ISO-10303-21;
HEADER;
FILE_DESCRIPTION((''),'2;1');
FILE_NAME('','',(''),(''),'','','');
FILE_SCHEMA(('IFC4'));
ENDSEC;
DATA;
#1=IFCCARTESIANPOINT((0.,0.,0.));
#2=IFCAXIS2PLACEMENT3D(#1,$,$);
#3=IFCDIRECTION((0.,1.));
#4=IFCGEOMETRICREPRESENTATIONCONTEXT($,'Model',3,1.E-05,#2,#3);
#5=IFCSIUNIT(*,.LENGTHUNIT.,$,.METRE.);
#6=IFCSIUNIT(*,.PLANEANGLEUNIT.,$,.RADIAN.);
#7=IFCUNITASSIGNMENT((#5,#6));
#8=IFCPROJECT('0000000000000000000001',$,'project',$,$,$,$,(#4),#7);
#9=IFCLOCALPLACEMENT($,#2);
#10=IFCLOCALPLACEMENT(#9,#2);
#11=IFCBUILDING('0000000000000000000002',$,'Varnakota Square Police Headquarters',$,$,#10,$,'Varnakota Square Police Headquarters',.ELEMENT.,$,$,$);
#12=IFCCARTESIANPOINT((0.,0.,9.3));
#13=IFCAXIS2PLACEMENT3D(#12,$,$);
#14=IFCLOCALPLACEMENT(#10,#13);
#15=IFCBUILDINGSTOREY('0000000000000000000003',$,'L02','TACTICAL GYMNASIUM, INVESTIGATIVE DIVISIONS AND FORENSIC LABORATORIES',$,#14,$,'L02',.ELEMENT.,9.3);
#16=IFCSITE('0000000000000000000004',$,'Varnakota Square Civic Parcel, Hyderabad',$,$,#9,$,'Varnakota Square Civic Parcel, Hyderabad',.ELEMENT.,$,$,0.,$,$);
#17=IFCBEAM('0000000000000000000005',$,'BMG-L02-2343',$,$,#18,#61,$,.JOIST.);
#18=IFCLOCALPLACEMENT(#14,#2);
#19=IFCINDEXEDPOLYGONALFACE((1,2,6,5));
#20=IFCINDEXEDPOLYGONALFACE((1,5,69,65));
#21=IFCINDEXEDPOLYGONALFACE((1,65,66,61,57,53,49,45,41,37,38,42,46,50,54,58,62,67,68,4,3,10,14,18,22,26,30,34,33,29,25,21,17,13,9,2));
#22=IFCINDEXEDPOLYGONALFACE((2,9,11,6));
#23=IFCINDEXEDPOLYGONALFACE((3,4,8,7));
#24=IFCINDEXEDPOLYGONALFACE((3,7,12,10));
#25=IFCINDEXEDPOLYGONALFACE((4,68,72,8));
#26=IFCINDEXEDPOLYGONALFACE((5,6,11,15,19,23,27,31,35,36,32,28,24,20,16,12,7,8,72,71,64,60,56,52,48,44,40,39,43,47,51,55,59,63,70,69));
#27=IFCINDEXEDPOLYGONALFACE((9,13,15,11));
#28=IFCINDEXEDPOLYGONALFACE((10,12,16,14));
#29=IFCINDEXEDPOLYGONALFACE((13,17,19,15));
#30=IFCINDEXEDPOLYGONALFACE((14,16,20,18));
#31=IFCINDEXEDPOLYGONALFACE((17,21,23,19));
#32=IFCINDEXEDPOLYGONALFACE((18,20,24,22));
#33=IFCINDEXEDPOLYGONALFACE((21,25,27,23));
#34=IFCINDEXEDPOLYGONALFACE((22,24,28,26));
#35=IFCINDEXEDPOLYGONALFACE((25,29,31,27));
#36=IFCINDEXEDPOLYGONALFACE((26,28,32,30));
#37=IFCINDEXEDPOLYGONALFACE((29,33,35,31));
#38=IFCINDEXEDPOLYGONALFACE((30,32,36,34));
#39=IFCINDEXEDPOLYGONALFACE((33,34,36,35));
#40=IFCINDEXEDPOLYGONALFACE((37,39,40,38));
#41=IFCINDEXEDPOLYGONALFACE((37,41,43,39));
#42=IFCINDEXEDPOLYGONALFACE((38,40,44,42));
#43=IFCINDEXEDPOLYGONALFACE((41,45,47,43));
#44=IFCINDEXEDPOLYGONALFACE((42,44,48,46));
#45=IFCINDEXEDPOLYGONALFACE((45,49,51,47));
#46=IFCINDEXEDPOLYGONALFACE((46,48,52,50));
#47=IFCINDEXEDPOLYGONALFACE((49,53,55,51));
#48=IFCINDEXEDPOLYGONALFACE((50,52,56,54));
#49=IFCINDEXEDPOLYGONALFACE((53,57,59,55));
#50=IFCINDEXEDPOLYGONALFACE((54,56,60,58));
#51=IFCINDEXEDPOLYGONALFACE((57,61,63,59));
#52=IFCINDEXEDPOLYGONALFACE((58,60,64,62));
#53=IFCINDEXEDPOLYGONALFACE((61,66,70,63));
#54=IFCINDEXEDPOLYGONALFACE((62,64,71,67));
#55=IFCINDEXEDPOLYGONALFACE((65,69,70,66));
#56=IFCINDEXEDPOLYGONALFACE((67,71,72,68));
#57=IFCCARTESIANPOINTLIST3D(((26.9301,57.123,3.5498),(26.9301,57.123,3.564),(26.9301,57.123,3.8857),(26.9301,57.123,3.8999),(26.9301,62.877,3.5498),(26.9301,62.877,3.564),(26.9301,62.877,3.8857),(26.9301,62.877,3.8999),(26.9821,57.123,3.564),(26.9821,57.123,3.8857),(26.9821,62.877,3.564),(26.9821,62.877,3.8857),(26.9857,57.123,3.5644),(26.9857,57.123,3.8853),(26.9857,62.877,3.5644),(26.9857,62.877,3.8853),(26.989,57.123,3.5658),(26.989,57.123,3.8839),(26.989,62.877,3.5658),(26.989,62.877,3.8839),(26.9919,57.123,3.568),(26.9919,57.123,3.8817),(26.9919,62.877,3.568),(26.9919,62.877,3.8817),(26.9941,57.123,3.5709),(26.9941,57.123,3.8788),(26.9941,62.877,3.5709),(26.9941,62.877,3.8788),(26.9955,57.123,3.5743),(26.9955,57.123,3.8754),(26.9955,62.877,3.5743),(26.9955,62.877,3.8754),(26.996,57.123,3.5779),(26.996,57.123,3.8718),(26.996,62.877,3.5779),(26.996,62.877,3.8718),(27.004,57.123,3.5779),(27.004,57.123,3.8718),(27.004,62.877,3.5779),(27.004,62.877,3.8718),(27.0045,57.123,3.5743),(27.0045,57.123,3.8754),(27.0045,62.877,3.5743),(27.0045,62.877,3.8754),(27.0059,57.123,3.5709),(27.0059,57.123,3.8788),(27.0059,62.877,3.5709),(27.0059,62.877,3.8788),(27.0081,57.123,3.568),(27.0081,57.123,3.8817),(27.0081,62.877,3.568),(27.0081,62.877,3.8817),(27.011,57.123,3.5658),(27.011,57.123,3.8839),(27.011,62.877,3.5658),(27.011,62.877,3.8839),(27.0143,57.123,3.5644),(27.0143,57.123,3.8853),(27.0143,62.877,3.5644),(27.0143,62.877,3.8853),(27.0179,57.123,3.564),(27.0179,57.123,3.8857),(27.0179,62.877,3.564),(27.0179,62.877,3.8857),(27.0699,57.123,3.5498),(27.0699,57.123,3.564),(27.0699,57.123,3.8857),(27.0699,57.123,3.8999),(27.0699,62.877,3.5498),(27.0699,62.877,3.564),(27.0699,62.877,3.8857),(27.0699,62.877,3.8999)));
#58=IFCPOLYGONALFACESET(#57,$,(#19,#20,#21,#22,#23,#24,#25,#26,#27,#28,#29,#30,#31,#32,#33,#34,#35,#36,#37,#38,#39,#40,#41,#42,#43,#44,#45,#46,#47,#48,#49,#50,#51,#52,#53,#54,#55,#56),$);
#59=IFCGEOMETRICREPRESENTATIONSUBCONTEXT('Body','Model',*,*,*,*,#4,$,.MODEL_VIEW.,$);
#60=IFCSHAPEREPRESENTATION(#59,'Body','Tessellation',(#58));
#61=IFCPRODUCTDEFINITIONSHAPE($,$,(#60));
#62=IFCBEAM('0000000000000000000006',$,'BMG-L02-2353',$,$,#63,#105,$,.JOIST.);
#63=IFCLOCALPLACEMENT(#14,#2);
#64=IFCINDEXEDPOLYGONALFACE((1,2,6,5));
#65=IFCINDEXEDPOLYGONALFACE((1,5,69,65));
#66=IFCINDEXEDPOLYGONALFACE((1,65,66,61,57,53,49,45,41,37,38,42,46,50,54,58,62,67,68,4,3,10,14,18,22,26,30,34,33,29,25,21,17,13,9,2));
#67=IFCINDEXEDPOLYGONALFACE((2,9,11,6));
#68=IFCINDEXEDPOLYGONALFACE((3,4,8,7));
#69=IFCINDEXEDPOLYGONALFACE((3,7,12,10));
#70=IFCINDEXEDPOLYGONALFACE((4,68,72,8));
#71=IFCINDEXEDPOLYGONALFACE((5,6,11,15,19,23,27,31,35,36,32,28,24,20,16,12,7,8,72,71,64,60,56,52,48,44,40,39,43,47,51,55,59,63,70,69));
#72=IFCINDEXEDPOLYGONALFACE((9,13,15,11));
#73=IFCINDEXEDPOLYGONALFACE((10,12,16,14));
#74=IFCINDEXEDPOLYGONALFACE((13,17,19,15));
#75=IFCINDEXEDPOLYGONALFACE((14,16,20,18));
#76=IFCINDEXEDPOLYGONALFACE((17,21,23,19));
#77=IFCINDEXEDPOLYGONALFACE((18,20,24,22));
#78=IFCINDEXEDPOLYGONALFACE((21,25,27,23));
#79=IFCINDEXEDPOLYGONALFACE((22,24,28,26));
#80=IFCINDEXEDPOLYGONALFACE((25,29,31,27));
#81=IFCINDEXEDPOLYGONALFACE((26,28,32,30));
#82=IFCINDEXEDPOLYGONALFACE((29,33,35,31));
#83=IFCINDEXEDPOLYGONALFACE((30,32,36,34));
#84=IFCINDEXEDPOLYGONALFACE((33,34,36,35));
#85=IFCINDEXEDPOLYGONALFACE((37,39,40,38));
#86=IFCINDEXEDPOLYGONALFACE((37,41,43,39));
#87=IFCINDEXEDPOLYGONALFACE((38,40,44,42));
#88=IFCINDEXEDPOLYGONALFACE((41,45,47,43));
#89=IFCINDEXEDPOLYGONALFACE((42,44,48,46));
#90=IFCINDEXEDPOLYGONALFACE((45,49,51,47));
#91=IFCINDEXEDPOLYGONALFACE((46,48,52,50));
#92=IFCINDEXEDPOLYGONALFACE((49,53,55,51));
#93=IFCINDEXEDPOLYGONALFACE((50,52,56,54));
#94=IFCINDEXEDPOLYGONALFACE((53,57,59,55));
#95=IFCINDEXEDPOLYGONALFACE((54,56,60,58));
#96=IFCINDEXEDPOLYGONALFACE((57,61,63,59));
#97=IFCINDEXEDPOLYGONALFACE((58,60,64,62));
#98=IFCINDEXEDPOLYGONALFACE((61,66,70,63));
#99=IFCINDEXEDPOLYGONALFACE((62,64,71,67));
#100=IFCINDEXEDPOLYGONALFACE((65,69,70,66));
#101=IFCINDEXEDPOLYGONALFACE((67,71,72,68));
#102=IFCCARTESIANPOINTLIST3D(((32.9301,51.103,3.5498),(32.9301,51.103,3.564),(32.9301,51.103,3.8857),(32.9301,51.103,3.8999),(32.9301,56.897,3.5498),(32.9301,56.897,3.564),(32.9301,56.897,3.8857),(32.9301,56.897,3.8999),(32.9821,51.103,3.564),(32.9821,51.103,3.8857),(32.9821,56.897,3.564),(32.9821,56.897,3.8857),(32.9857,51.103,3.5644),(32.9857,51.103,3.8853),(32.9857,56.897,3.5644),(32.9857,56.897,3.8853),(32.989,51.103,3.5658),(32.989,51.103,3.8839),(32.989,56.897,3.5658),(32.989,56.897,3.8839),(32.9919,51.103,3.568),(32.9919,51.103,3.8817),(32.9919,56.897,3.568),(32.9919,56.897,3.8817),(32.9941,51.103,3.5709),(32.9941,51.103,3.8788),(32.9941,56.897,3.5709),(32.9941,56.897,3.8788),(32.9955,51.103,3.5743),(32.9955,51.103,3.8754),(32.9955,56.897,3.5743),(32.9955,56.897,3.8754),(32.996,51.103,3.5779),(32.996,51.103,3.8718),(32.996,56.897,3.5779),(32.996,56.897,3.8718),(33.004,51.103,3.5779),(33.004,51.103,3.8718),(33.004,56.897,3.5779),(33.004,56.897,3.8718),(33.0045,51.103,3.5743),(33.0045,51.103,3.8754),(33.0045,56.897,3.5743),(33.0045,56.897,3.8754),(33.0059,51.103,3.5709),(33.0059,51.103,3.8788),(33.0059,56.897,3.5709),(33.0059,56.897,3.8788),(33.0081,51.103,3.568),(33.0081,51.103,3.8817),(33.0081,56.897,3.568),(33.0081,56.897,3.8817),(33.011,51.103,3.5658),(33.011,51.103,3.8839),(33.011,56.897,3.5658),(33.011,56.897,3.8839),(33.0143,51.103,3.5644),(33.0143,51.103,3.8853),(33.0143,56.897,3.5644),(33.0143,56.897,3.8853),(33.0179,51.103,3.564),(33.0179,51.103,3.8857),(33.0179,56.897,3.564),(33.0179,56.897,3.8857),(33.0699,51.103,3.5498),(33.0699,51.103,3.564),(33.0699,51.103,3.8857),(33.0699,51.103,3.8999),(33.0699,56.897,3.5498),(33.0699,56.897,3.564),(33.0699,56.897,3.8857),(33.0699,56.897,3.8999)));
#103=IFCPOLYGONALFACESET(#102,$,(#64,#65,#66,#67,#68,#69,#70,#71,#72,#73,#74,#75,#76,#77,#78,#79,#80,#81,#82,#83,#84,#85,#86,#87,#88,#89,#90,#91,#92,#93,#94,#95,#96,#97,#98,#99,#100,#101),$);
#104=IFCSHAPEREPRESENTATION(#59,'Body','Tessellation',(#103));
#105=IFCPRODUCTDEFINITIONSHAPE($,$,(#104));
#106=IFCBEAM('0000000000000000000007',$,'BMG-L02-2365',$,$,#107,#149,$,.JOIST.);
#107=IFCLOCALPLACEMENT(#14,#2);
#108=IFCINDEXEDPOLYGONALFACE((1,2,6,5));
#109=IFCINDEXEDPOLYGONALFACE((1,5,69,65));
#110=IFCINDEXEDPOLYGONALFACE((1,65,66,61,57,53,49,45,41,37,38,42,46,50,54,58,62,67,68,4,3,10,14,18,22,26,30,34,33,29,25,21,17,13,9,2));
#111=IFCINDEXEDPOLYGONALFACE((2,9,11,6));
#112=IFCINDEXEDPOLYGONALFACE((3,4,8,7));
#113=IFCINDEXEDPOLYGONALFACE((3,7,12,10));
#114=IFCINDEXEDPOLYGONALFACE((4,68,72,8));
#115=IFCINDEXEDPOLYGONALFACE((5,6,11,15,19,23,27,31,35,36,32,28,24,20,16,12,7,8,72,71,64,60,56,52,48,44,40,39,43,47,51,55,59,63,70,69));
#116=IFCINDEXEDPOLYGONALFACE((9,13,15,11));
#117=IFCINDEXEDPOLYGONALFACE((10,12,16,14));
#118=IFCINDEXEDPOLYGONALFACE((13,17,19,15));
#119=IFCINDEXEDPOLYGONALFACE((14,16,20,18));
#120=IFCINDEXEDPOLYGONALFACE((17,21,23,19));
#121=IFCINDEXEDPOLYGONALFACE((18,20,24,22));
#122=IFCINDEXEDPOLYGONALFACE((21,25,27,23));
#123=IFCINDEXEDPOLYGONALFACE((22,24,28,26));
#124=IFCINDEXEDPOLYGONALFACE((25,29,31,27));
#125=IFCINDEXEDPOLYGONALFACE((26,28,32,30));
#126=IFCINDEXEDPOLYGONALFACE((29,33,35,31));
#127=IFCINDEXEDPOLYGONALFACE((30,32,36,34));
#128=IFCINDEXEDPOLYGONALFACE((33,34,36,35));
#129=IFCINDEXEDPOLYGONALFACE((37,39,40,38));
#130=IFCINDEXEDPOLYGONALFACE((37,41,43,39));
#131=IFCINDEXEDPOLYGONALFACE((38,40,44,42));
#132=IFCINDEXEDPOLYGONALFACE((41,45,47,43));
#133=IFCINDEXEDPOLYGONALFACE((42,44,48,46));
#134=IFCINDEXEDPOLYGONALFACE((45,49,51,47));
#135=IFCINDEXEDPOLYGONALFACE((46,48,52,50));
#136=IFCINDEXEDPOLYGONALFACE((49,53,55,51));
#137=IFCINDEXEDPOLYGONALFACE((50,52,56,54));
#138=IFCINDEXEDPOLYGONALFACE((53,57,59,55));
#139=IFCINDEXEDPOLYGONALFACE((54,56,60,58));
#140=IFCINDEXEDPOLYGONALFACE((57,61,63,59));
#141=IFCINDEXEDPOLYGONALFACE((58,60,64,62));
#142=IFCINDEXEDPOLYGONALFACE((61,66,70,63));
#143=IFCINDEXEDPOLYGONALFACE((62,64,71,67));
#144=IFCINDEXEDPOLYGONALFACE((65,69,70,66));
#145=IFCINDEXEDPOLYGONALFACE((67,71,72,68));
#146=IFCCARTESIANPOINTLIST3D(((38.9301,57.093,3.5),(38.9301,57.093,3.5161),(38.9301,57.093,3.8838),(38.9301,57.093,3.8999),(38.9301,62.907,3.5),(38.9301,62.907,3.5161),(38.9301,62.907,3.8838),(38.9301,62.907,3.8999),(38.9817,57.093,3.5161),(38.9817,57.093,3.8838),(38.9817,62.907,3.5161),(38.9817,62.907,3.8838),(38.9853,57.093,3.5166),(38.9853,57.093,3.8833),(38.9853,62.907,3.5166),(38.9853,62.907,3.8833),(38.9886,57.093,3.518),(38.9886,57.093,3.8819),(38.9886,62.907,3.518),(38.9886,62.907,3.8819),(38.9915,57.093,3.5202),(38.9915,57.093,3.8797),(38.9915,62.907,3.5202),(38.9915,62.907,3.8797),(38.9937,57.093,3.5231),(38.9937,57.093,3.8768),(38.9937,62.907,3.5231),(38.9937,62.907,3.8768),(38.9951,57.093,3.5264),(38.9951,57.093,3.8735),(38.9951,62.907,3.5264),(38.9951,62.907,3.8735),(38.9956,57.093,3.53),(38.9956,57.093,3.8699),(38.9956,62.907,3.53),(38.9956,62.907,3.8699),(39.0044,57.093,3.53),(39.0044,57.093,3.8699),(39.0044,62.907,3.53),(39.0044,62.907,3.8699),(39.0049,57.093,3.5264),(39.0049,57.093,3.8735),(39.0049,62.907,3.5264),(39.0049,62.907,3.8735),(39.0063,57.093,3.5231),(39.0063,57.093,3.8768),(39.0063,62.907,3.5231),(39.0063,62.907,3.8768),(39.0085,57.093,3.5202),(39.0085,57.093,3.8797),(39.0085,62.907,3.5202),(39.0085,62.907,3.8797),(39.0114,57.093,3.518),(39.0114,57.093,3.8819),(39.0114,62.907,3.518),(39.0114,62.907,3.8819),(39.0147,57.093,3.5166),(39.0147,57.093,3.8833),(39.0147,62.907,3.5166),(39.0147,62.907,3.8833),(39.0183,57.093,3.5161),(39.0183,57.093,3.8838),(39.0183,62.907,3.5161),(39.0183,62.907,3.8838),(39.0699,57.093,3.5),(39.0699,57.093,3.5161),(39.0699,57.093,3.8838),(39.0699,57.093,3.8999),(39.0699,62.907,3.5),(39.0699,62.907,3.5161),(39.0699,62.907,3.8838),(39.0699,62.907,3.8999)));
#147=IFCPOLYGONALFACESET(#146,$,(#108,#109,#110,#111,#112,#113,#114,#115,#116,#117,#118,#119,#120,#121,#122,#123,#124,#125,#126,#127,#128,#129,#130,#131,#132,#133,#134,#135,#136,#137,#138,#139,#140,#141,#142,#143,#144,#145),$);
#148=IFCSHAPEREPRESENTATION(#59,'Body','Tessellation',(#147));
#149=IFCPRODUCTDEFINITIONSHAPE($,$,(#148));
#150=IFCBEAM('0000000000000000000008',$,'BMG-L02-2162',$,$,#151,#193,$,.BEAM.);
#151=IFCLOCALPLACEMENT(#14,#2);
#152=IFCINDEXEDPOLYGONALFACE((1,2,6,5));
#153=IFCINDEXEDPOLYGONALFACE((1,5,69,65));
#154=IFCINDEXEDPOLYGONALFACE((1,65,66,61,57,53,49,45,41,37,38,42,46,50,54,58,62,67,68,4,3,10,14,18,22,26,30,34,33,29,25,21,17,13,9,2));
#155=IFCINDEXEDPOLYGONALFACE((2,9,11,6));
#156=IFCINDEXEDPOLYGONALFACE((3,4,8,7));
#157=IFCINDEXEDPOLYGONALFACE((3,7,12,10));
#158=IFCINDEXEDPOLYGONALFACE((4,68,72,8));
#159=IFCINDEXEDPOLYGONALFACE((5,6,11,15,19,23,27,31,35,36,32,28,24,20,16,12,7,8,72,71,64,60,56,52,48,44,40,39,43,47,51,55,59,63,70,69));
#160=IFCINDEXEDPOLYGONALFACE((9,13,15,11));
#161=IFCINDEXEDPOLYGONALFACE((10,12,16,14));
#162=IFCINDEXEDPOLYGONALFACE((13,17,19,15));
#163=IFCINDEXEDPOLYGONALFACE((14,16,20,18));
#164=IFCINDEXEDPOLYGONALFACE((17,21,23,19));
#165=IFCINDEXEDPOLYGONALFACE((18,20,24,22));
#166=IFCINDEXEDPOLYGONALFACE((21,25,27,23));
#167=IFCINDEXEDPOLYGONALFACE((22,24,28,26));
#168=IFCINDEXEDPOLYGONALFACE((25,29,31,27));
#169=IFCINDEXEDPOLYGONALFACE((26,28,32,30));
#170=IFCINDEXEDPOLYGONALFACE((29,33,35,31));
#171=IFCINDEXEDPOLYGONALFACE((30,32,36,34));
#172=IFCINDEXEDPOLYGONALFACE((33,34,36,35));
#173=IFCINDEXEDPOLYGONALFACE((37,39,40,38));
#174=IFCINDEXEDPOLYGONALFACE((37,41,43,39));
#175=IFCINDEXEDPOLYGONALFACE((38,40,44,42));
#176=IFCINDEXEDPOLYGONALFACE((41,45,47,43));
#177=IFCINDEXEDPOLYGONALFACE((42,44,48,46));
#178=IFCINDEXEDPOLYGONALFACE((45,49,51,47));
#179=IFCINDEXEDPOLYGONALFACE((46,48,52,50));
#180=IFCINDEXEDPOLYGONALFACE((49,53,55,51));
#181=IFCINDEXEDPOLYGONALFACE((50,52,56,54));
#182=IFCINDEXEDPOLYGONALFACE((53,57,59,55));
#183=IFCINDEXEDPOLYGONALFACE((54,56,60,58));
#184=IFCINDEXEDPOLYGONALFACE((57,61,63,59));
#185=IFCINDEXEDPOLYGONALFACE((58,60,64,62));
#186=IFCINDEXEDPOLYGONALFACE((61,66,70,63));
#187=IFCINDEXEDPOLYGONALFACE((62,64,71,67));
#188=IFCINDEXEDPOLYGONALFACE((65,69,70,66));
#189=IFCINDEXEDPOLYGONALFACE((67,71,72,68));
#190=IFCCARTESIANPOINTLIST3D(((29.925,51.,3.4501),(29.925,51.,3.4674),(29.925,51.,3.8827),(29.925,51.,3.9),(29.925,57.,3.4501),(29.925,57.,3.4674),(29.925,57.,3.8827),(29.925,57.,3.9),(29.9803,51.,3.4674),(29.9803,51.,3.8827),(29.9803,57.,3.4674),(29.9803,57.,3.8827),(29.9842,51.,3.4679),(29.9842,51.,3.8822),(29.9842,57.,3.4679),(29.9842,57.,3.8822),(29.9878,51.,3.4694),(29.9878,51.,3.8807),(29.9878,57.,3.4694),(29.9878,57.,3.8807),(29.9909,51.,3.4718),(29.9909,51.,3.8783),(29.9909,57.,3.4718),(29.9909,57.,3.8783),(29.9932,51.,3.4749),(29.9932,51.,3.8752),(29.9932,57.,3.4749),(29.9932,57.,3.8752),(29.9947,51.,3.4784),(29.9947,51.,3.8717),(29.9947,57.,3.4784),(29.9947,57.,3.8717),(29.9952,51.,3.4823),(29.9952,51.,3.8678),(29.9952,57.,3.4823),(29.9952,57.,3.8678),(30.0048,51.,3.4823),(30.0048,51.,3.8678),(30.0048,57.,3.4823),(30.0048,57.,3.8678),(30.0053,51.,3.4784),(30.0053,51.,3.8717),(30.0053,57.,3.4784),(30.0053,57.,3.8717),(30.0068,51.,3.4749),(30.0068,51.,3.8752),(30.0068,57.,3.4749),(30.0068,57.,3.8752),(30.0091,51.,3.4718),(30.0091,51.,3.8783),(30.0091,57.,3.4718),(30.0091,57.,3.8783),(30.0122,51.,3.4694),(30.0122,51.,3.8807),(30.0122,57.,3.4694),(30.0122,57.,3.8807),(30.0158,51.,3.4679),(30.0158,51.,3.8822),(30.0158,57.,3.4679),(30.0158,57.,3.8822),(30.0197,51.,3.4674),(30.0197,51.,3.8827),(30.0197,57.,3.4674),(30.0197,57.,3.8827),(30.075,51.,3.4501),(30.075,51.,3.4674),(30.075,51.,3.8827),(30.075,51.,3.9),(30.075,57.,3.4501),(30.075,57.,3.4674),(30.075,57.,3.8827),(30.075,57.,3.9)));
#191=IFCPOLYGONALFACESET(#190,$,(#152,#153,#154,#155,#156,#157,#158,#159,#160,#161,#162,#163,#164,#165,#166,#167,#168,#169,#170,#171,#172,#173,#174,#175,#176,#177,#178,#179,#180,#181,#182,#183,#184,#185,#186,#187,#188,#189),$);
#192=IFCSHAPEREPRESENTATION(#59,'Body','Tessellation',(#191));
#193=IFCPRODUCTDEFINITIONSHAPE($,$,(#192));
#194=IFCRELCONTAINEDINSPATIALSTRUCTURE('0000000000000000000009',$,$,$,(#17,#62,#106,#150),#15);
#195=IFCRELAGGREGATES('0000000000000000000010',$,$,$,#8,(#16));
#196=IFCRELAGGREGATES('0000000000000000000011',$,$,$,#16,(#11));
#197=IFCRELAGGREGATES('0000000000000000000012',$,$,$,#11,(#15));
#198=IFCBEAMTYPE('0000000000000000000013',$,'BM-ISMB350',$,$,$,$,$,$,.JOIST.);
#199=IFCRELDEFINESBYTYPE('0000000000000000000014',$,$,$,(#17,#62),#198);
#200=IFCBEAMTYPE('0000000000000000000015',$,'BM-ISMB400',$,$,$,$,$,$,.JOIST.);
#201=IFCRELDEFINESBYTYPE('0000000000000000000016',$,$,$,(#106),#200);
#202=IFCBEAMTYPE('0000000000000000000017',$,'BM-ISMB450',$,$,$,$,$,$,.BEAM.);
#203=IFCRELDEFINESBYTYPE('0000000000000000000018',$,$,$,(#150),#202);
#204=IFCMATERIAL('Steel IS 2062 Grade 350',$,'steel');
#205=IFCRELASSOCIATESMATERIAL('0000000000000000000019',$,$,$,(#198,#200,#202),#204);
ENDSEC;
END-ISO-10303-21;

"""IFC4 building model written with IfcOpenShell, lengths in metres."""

from ifc_helpers import new_model, si_unit, direction, frame, origin, origin_2d, place, context, subcontext, project, spatial, i_section, extrude, material, material_profile, profile_set, type_object, element, save


model = new_model("IFC4")

# Units and contexts
model_context = context("Model", 3, precision=1e-05, world=origin(), true_north=direction((0.0, 1.0)))
body_context = subcontext(model_context, "Body", "Model", "MODEL_VIEW")
ifc_project = project(units=[si_unit("LENGTHUNIT", "METRE"), si_unit("PLANEANGLEUNIT", "RADIAN")], contexts=[model_context])

# Site, building, storey
site_placement = place(None, origin())
site = spatial("IfcSite", under=ifc_project, at=site_placement, Name="Varnakota Square Civic Parcel, Hyderabad", LongName="Varnakota Square Civic Parcel, Hyderabad", CompositionType="ELEMENT", RefElevation=0.0)
building_placement = place(site_placement, origin())
building = spatial("IfcBuilding", under=site, at=building_placement, Name="Varnakota Square Police Headquarters", LongName="Varnakota Square Police Headquarters", CompositionType="ELEMENT")
storey_placement = place(building_placement, frame((0.0, 0.0, 9.3)))
storey = spatial("IfcBuildingStorey", under=building, at=storey_placement, Name="L02", Description="TACTICAL GYMNASIUM, INVESTIGATIVE DIVISIONS AND FORENSIC LABORATORIES", LongName="L02", CompositionType="ELEMENT", Elevation=9.3)

# Shared definitions
ifc_material_1 = material(Name="Steel IS 2062 Grade 350", Category="steel")

# Beams
ifc_material_profile_1 = material_profile(ifc_material_1, i_section(OverallWidth=0.1399, OverallDepth=0.3501, WebThickness=0.0081, FlangeThickness=0.0142, FilletRadius=0.0139, at=origin_2d()), Name="ISMB 350")
ifc_profile_set_1 = profile_set([ifc_material_profile_1], Name="Steel IS 2062 Grade 350")
beam_type_1 = type_object("IfcBeamType", Name="BM-ISMB350", PredefinedType="JOIST", material=ifc_profile_set_1)
beam_1_placement = place(storey_placement, frame((27.0, 57.123, 3.7249), z_axis=(0.0, 1.0, 0.0), x_axis=(-1.0, 0.0, 0.0)))
element("IfcBeam", 1, at=beam_1_placement, inside=storey, type_object=beam_type_1, Name="BMG-L02-2343", PredefinedType="JOIST", context=body_context, shape_type="SweptSolid", body=[
    extrude(i_section(OverallWidth=0.1399, OverallDepth=0.3501, WebThickness=0.0081, FlangeThickness=0.0142, FilletRadius=0.0139, at=origin_2d()), origin(), (0.0, 0.0, 1.0), 5.7539),
])
beam_2_placement = place(storey_placement, frame((33.0, 51.103, 3.7249), z_axis=(0.0, 1.0, 0.0), x_axis=(-1.0, 0.0, 0.0)))
element("IfcBeam", 2, at=beam_2_placement, inside=storey, type_object=beam_type_1, Name="BMG-L02-2353", PredefinedType="JOIST", context=body_context, shape_type="SweptSolid", body=[
    extrude(i_section(OverallWidth=0.1399, OverallDepth=0.3501, WebThickness=0.0081, FlangeThickness=0.0142, FilletRadius=0.0139, at=origin_2d()), origin(), (0.0, 0.0, 1.0), 5.7939),
])
ifc_material_profile_2 = material_profile(ifc_material_1, i_section(OverallWidth=0.1399, OverallDepth=0.3999, WebThickness=0.0088, FlangeThickness=0.0161, FilletRadius=0.0139, at=origin_2d()), Name="ISMB 400")
ifc_profile_set_2 = profile_set([ifc_material_profile_2], Name="Steel IS 2062 Grade 350")
beam_type_2 = type_object("IfcBeamType", Name="BM-ISMB400", PredefinedType="JOIST", material=ifc_profile_set_2)
beam_3_placement = place(storey_placement, frame((39.0, 57.093, 3.7), z_axis=(0.0, 1.0, 0.0), x_axis=(-1.0, 0.0, 0.0)))
element("IfcBeam", 3, at=beam_3_placement, inside=storey, type_object=beam_type_2, Name="BMG-L02-2365", PredefinedType="JOIST", context=body_context, shape_type="SweptSolid", body=[
    extrude(i_section(OverallWidth=0.1399, OverallDepth=0.3999, WebThickness=0.0088, FlangeThickness=0.0161, FilletRadius=0.0139, at=origin_2d()), origin(), (0.0, 0.0, 1.0), 5.814),
])
ifc_material_profile_3 = material_profile(ifc_material_1, i_section(OverallWidth=0.1499, OverallDepth=0.45, WebThickness=0.0095, FlangeThickness=0.0173, FilletRadius=0.0149, at=origin_2d()), Name="ISMB 450")
ifc_profile_set_3 = profile_set([ifc_material_profile_3], Name="Steel IS 2062 Grade 350")
beam_type_3 = type_object("IfcBeamType", Name="BM-ISMB450", PredefinedType="BEAM", material=ifc_profile_set_3)
for number, where, z_axis, x_axis, name in (
    (4, (30.0, 51.0, 3.675), (0.0, 1.0, 0.0), (-1.0, 0.0, 0.0), "BMG-L02-2162"),
):
    element("IfcBeam", number, at=place(storey_placement, frame(where, z_axis=z_axis, x_axis=x_axis)), inside=storey, type_object=beam_type_3, Name=name, PredefinedType="BEAM", context=body_context, shape_type="SweptSolid", body=[
        extrude(i_section(OverallWidth=0.1499, OverallDepth=0.45, WebThickness=0.0095, FlangeThickness=0.0173, FilletRadius=0.0149, at=origin_2d()), origin(), (0.0, 0.0, 1.0), 6.0),
    ])

save(model, "model.ifc")
